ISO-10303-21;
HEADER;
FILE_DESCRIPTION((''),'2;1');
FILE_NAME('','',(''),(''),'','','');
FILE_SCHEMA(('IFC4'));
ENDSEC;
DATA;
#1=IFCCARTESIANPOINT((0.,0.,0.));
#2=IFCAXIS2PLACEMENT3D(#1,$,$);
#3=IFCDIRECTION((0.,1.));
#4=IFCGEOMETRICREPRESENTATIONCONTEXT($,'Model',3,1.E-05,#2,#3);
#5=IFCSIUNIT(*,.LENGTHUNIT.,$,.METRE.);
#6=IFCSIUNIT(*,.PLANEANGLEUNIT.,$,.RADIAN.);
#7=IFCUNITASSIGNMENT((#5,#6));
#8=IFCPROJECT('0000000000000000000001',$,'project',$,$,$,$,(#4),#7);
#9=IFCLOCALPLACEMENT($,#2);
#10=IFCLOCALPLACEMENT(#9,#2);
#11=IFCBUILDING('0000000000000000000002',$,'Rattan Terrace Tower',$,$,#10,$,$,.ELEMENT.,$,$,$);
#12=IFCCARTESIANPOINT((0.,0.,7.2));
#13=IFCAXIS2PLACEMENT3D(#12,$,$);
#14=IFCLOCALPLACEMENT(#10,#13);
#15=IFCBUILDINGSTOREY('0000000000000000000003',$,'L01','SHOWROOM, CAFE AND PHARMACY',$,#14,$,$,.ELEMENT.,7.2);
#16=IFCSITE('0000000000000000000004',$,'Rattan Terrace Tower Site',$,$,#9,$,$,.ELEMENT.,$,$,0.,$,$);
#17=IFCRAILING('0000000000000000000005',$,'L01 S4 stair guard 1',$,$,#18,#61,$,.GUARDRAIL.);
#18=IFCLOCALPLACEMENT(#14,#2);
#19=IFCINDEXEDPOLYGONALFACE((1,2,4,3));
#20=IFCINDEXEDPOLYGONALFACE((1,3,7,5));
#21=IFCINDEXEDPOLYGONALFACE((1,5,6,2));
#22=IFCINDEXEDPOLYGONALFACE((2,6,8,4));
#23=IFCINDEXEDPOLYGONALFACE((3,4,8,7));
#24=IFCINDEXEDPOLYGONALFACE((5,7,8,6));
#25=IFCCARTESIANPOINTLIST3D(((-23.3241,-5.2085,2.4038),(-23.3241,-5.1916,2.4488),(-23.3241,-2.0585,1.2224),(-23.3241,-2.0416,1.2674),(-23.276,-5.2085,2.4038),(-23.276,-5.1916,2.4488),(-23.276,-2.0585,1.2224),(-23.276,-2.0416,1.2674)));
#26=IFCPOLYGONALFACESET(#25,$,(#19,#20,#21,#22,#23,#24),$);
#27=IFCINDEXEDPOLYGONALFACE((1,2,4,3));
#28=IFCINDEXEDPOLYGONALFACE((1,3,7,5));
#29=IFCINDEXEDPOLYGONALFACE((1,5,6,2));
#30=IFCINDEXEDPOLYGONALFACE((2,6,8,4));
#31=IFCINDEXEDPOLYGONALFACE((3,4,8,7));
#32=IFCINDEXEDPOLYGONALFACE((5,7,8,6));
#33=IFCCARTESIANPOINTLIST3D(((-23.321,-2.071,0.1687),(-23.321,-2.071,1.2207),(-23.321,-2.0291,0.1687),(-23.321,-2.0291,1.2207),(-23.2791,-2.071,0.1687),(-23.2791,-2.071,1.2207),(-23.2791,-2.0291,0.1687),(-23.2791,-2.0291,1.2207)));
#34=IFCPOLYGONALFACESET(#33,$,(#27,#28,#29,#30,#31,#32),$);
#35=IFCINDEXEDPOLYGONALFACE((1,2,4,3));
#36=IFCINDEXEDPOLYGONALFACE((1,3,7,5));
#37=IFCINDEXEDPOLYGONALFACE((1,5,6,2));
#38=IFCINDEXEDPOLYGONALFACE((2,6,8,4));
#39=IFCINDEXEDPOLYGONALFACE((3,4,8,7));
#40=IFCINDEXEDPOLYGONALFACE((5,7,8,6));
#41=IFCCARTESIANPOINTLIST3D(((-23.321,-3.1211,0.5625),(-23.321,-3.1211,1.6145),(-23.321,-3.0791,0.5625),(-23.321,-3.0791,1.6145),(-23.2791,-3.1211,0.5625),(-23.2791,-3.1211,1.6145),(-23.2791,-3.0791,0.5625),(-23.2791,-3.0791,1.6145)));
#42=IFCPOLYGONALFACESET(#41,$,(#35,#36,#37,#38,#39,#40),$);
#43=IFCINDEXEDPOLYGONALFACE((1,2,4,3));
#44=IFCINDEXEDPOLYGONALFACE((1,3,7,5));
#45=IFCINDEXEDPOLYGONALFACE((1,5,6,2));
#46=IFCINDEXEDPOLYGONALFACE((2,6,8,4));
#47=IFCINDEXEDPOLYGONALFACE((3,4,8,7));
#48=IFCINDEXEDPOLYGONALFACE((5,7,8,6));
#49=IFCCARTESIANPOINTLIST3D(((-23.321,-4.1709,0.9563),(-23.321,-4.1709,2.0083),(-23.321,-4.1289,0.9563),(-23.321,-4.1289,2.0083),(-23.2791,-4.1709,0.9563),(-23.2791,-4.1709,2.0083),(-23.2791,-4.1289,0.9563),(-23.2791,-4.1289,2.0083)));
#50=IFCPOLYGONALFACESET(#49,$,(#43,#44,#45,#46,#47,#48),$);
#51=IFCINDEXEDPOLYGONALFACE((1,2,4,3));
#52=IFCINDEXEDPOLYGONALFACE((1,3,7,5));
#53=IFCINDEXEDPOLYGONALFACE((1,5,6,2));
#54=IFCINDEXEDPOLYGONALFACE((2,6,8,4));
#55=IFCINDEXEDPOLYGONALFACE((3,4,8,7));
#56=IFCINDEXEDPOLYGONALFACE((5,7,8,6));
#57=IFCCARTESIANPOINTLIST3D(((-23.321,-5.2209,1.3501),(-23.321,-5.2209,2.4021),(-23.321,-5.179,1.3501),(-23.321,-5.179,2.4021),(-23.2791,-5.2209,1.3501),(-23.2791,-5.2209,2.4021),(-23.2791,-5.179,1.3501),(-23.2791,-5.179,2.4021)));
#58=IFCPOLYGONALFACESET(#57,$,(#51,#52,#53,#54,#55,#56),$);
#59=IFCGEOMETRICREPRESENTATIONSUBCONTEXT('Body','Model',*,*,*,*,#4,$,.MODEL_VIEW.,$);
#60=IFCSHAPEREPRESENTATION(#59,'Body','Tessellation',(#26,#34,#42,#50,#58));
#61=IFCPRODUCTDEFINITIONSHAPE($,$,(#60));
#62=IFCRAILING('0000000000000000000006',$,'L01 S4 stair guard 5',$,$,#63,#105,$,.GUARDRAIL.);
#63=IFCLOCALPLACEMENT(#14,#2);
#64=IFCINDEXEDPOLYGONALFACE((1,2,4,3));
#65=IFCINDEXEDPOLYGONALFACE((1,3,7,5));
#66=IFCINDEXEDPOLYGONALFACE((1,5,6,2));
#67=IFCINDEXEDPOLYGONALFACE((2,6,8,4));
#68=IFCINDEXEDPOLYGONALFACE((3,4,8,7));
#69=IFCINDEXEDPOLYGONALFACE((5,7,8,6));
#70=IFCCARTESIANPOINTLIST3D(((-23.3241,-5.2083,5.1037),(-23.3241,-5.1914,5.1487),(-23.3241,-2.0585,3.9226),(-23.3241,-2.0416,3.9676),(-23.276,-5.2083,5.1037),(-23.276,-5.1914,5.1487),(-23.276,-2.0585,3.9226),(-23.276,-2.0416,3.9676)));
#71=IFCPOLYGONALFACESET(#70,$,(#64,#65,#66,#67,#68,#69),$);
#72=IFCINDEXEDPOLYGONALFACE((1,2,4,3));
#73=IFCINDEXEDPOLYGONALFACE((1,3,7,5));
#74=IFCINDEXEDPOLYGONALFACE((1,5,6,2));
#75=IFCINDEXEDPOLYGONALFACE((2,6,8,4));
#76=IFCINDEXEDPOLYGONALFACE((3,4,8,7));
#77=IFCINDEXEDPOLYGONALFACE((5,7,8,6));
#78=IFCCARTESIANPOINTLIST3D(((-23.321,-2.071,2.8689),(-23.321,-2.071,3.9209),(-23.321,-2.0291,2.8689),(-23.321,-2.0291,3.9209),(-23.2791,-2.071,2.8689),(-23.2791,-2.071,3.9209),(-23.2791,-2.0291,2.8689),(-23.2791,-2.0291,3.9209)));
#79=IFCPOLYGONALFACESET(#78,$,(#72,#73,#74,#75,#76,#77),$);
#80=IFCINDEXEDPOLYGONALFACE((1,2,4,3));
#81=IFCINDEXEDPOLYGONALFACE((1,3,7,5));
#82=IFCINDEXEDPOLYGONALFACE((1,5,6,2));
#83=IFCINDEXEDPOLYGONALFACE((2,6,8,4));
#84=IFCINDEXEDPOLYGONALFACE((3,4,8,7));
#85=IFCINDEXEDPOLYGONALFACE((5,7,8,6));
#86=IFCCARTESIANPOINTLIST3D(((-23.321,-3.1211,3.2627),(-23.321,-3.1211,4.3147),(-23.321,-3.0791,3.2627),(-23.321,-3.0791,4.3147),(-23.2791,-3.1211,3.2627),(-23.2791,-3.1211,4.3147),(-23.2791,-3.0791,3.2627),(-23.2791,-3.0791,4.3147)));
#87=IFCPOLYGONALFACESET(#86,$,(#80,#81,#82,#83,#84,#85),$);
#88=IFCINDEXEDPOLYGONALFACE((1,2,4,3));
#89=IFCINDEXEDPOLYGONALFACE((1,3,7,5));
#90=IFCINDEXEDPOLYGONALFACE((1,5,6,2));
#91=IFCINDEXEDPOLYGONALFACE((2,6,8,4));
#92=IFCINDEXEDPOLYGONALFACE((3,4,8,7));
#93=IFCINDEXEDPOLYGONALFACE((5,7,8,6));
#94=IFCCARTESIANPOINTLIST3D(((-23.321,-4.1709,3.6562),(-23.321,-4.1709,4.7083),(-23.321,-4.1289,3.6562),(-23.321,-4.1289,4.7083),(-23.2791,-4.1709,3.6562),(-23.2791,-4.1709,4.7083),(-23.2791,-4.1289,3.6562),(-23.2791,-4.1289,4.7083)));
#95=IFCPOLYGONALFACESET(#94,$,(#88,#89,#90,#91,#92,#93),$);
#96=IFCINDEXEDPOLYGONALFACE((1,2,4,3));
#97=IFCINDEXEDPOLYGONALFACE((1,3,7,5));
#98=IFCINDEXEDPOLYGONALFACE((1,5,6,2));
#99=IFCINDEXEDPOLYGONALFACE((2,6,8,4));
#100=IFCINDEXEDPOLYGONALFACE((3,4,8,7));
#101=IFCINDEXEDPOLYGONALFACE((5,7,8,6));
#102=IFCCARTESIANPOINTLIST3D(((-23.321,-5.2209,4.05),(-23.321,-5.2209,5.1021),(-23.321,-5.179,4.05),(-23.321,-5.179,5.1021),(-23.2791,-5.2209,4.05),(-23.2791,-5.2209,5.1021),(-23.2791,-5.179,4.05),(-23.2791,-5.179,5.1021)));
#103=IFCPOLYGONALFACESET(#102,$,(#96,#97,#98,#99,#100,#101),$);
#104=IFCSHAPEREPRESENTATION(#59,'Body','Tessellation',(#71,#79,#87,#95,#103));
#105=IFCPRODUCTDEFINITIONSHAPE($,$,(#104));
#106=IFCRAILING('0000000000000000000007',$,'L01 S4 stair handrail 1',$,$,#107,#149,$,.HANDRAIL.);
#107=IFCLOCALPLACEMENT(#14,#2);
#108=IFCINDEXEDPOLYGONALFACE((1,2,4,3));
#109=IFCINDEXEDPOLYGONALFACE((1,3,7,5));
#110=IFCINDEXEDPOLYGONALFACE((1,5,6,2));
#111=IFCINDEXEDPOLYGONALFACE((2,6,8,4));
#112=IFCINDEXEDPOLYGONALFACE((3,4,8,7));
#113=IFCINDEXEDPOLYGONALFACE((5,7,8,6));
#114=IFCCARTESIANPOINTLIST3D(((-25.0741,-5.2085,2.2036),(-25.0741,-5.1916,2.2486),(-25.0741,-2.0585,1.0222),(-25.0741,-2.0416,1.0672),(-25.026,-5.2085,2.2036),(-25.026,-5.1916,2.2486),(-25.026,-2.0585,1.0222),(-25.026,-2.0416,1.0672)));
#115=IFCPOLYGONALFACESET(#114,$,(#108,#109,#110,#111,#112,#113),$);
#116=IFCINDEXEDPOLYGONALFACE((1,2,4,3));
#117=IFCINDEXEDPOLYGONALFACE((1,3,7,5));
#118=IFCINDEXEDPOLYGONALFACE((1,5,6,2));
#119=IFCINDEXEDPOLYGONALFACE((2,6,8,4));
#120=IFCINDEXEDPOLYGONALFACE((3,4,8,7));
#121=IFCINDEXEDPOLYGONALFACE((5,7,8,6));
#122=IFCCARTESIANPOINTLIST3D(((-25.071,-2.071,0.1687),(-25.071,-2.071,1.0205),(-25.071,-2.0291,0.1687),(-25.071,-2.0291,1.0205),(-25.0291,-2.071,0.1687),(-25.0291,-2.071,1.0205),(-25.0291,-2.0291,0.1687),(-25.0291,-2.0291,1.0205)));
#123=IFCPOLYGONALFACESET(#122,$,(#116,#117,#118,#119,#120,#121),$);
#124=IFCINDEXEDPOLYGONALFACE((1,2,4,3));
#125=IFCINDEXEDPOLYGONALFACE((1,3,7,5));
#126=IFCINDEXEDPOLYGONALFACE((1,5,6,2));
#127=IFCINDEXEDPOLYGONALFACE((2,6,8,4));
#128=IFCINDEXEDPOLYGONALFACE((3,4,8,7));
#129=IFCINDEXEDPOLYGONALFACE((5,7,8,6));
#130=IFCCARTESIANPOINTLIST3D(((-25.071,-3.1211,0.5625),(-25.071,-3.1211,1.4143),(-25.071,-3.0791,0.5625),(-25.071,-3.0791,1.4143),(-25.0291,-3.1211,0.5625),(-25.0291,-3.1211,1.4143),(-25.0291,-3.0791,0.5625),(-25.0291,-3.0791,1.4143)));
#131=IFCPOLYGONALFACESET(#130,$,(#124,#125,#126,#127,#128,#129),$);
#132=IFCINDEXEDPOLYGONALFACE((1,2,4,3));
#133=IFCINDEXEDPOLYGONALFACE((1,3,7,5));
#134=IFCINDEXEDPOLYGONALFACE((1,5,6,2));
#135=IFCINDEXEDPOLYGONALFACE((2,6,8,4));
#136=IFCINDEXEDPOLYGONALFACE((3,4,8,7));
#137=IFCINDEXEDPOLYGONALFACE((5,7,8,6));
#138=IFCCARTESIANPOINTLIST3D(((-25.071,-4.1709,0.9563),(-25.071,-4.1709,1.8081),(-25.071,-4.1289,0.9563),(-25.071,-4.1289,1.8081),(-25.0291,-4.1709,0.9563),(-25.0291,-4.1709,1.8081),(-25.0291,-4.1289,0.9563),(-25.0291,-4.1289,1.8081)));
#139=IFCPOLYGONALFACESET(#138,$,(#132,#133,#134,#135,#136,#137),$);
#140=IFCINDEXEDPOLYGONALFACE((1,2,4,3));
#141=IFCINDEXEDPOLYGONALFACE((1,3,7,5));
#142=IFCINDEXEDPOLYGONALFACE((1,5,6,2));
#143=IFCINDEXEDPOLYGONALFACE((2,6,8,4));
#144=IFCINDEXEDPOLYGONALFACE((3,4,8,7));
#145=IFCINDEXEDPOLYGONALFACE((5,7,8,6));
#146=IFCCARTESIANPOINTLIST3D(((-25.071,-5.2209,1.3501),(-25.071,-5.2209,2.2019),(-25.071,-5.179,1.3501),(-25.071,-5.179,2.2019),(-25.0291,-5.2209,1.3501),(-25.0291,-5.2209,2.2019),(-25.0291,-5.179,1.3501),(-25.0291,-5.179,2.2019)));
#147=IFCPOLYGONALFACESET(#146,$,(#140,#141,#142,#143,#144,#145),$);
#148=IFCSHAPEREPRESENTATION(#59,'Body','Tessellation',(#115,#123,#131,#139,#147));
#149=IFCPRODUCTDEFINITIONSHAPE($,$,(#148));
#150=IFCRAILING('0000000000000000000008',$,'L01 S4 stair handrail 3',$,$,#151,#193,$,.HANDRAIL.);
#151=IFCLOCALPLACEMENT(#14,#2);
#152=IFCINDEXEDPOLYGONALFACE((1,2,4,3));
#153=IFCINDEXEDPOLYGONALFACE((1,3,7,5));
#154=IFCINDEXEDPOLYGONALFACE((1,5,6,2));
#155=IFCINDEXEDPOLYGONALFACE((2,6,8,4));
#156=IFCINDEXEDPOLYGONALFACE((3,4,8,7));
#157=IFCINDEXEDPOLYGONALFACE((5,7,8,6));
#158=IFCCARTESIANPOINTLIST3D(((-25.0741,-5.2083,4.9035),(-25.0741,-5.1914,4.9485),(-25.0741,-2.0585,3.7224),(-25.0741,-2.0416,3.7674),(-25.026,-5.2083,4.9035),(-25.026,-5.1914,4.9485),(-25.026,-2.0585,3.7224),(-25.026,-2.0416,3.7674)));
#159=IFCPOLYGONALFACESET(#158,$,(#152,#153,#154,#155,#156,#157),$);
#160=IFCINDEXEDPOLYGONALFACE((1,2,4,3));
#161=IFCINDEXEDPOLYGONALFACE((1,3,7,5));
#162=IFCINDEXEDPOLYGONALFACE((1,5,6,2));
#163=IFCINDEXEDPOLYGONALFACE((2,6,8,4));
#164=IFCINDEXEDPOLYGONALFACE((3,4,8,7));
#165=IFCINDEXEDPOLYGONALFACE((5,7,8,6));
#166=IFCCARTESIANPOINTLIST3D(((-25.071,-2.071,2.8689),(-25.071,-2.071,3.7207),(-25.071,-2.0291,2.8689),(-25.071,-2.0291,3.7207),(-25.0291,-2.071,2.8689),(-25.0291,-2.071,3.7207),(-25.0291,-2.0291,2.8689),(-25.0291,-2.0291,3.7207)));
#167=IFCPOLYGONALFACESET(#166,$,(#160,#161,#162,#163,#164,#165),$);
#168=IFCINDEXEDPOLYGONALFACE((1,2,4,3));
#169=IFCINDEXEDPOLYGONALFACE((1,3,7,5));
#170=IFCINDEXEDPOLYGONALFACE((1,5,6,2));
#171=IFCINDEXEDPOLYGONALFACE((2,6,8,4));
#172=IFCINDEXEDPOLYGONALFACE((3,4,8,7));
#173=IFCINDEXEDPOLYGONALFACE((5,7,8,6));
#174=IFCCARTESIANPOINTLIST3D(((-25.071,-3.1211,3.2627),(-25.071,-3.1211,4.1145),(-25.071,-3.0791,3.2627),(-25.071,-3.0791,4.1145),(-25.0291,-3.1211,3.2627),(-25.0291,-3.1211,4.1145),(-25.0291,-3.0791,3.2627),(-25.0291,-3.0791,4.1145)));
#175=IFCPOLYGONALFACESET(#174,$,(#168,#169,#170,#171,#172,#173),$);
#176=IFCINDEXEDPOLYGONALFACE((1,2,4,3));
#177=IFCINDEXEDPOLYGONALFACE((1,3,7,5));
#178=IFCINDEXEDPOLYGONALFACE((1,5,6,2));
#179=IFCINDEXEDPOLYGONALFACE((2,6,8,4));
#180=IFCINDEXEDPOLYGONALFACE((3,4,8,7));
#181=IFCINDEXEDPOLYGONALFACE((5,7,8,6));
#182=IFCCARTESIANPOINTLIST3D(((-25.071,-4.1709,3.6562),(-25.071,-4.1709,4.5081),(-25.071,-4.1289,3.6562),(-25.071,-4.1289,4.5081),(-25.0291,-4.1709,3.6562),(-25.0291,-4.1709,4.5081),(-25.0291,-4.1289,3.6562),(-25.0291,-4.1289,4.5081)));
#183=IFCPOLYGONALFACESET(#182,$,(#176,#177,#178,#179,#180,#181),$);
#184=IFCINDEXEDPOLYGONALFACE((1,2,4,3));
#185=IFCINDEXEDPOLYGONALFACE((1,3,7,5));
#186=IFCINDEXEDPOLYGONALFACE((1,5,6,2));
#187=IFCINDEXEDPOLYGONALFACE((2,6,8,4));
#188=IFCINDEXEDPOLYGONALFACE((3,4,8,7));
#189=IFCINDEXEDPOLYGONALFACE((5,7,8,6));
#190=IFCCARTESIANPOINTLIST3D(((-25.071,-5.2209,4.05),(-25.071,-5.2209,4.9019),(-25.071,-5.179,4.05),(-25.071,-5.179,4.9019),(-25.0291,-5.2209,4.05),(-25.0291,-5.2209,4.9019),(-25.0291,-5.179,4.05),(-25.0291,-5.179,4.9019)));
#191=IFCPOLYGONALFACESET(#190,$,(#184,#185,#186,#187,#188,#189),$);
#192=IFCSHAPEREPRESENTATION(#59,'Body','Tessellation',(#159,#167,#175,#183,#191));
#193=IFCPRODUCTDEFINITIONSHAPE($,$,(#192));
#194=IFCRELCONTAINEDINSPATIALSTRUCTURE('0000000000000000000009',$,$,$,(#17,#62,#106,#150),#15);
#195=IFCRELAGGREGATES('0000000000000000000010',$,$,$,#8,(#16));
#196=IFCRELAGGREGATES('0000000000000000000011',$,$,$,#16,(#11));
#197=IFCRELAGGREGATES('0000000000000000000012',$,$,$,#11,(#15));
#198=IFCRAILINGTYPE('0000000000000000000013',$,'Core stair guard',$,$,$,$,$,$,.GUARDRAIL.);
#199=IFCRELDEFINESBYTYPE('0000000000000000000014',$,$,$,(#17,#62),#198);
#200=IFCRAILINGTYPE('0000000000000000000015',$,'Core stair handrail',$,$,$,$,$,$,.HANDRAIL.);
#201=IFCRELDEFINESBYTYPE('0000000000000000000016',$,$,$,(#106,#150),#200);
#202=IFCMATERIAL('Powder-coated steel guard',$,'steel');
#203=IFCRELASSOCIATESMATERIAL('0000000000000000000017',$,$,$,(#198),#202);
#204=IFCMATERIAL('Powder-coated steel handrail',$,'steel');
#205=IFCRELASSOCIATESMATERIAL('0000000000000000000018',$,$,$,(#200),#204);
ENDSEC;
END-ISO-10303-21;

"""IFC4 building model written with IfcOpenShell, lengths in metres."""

from ifc_helpers import new_model, si_unit, direction, frame, origin, origin_2d, place, context, subcontext, project, spatial, rectangle, extrude, material, type_object, element, save


model = new_model("IFC4")

# Units and contexts
model_context = context("Model", 3, precision=1e-05, world=origin(), true_north=direction((0.0, 1.0)))
body_context = subcontext(model_context, "Body", "Model", "MODEL_VIEW")
ifc_project = project(units=[si_unit("LENGTHUNIT", "METRE"), si_unit("PLANEANGLEUNIT", "RADIAN")], contexts=[model_context])

# Site, building, storey
site_placement = place(None, origin())
site = spatial("IfcSite", under=ifc_project, at=site_placement, Name="Rattan Terrace Tower Site", CompositionType="ELEMENT", RefElevation=0.0)
building_placement = place(site_placement, origin())
building = spatial("IfcBuilding", under=site, at=building_placement, Name="Rattan Terrace Tower", CompositionType="ELEMENT")
storey_placement = place(building_placement, frame((0.0, 0.0, 7.2)))
storey = spatial("IfcBuildingStorey", under=building, at=storey_placement, Name="L01", Description="SHOWROOM, CAFE AND PHARMACY", CompositionType="ELEMENT", Elevation=7.2)

# Railings
ifc_material_1 = material(Name="Powder-coated steel guard", Category="steel")
railing_type_1 = type_object("IfcRailingType", Name="Core stair guard", PredefinedType="GUARDRAIL", material=ifc_material_1)
railing_1_placement = place(storey_placement, frame((-23.3, -2.05, 0.1687)))
element("IfcRailing", 1, at=railing_1_placement, inside=storey, type_object=railing_type_1, Name="L01 S4 stair guard 1", PredefinedType="GUARDRAIL", context=body_context, shape_type="SweptSolid", body=[
    extrude(rectangle(XDim=0.0481, YDim=0.0481, at=origin_2d()), frame((0.0, 0.0, 1.0762), z_axis=(0.0, -0.936311, 0.351171), x_axis=(1.0, 0.0, 0.0)), (0.0, 0.0, 1.0), 3.3643),
    extrude(rectangle(XDim=0.042, YDim=0.042, at=origin_2d()), origin(), (0.0, 0.0, 1.0), 1.052),
    extrude(rectangle(XDim=0.042, YDim=0.042, at=origin_2d()), frame((0.0, -1.05, 0.3938)), (0.0, 0.0, 1.0), 1.052),
    extrude(rectangle(XDim=0.042, YDim=0.042, at=origin_2d()), frame((0.0, -2.0999, 0.7876)), (0.0, 0.0, 1.0), 1.052),
    extrude(rectangle(XDim=0.042, YDim=0.042, at=origin_2d()), frame((0.0, -3.1499, 1.1814)), (0.0, 0.0, 1.0), 1.052),
])
railing_2_placement = place(storey_placement, frame((-23.3, -2.05, 2.8689)))
element("IfcRailing", 2, at=railing_2_placement, inside=storey, type_object=railing_type_1, Name="L01 S4 stair guard 5", PredefinedType="GUARDRAIL", context=body_context, shape_type="SweptSolid", body=[
    extrude(rectangle(XDim=0.0481, YDim=0.0481, at=origin_2d()), frame((0.0, 0.0, 1.0762), z_axis=(0.0, -0.936335, 0.351108), x_axis=(1.0, 0.0, 0.0)), (0.0, 0.0, 1.0), 3.364),
    extrude(rectangle(XDim=0.042, YDim=0.042, at=origin_2d()), origin(), (0.0, 0.0, 1.0), 1.052),
    extrude(rectangle(XDim=0.042, YDim=0.042, at=origin_2d()), frame((0.0, -1.05, 0.3938)), (0.0, 0.0, 1.0), 1.052),
    extrude(rectangle(XDim=0.042, YDim=0.042, at=origin_2d()), frame((0.0, -2.0999, 0.7874)), (0.0, 0.0, 1.0), 1.052),
    extrude(rectangle(XDim=0.042, YDim=0.042, at=origin_2d()), frame((0.0, -3.1499, 1.1812)), (0.0, 0.0, 1.0), 1.052),
])
ifc_material_2 = material(Name="Powder-coated steel handrail", Category="steel")
railing_type_2 = type_object("IfcRailingType", Name="Core stair handrail", PredefinedType="HANDRAIL", material=ifc_material_2)
railing_3_placement = place(storey_placement, frame((-25.05, -2.05, 0.1687)))
element("IfcRailing", 3, at=railing_3_placement, inside=storey, type_object=railing_type_2, Name="L01 S4 stair handrail 1", PredefinedType="HANDRAIL", context=body_context, shape_type="SweptSolid", body=[
    extrude(rectangle(XDim=0.0481, YDim=0.0481, at=origin_2d()), frame((0.0, 0.0, 0.876), z_axis=(0.0, -0.936311, 0.351171), x_axis=(1.0, 0.0, 0.0)), (0.0, 0.0, 1.0), 3.3643),
    extrude(rectangle(XDim=0.042, YDim=0.042, at=origin_2d()), origin(), (0.0, 0.0, 1.0), 0.8518),
    extrude(rectangle(XDim=0.042, YDim=0.042, at=origin_2d()), frame((0.0, -1.05, 0.3938)), (0.0, 0.0, 1.0), 0.8518),
    extrude(rectangle(XDim=0.042, YDim=0.042, at=origin_2d()), frame((0.0, -2.0999, 0.7876)), (0.0, 0.0, 1.0), 0.8518),
    extrude(rectangle(XDim=0.042, YDim=0.042, at=origin_2d()), frame((0.0, -3.1499, 1.1814)), (0.0, 0.0, 1.0), 0.8518),
])
railing_4_placement = place(storey_placement, frame((-25.05, -2.05, 2.8689)))
element("IfcRailing", 4, at=railing_4_placement, inside=storey, type_object=railing_type_2, Name="L01 S4 stair handrail 3", PredefinedType="HANDRAIL", context=body_context, shape_type="SweptSolid", body=[
    extrude(rectangle(XDim=0.0481, YDim=0.0481, at=origin_2d()), frame((0.0, 0.0, 0.876), z_axis=(0.0, -0.936335, 0.351108), x_axis=(1.0, 0.0, 0.0)), (0.0, 0.0, 1.0), 3.364),
    extrude(rectangle(XDim=0.042, YDim=0.042, at=origin_2d()), origin(), (0.0, 0.0, 1.0), 0.8518),
    extrude(rectangle(XDim=0.042, YDim=0.042, at=origin_2d()), frame((0.0, -1.05, 0.3938)), (0.0, 0.0, 1.0), 0.8518),
    extrude(rectangle(XDim=0.042, YDim=0.042, at=origin_2d()), frame((0.0, -2.0999, 0.7874)), (0.0, 0.0, 1.0), 0.8518),
    extrude(rectangle(XDim=0.042, YDim=0.042, at=origin_2d()), frame((0.0, -3.1499, 1.1812)), (0.0, 0.0, 1.0), 0.8518),
])

save(model, "model.ifc")
